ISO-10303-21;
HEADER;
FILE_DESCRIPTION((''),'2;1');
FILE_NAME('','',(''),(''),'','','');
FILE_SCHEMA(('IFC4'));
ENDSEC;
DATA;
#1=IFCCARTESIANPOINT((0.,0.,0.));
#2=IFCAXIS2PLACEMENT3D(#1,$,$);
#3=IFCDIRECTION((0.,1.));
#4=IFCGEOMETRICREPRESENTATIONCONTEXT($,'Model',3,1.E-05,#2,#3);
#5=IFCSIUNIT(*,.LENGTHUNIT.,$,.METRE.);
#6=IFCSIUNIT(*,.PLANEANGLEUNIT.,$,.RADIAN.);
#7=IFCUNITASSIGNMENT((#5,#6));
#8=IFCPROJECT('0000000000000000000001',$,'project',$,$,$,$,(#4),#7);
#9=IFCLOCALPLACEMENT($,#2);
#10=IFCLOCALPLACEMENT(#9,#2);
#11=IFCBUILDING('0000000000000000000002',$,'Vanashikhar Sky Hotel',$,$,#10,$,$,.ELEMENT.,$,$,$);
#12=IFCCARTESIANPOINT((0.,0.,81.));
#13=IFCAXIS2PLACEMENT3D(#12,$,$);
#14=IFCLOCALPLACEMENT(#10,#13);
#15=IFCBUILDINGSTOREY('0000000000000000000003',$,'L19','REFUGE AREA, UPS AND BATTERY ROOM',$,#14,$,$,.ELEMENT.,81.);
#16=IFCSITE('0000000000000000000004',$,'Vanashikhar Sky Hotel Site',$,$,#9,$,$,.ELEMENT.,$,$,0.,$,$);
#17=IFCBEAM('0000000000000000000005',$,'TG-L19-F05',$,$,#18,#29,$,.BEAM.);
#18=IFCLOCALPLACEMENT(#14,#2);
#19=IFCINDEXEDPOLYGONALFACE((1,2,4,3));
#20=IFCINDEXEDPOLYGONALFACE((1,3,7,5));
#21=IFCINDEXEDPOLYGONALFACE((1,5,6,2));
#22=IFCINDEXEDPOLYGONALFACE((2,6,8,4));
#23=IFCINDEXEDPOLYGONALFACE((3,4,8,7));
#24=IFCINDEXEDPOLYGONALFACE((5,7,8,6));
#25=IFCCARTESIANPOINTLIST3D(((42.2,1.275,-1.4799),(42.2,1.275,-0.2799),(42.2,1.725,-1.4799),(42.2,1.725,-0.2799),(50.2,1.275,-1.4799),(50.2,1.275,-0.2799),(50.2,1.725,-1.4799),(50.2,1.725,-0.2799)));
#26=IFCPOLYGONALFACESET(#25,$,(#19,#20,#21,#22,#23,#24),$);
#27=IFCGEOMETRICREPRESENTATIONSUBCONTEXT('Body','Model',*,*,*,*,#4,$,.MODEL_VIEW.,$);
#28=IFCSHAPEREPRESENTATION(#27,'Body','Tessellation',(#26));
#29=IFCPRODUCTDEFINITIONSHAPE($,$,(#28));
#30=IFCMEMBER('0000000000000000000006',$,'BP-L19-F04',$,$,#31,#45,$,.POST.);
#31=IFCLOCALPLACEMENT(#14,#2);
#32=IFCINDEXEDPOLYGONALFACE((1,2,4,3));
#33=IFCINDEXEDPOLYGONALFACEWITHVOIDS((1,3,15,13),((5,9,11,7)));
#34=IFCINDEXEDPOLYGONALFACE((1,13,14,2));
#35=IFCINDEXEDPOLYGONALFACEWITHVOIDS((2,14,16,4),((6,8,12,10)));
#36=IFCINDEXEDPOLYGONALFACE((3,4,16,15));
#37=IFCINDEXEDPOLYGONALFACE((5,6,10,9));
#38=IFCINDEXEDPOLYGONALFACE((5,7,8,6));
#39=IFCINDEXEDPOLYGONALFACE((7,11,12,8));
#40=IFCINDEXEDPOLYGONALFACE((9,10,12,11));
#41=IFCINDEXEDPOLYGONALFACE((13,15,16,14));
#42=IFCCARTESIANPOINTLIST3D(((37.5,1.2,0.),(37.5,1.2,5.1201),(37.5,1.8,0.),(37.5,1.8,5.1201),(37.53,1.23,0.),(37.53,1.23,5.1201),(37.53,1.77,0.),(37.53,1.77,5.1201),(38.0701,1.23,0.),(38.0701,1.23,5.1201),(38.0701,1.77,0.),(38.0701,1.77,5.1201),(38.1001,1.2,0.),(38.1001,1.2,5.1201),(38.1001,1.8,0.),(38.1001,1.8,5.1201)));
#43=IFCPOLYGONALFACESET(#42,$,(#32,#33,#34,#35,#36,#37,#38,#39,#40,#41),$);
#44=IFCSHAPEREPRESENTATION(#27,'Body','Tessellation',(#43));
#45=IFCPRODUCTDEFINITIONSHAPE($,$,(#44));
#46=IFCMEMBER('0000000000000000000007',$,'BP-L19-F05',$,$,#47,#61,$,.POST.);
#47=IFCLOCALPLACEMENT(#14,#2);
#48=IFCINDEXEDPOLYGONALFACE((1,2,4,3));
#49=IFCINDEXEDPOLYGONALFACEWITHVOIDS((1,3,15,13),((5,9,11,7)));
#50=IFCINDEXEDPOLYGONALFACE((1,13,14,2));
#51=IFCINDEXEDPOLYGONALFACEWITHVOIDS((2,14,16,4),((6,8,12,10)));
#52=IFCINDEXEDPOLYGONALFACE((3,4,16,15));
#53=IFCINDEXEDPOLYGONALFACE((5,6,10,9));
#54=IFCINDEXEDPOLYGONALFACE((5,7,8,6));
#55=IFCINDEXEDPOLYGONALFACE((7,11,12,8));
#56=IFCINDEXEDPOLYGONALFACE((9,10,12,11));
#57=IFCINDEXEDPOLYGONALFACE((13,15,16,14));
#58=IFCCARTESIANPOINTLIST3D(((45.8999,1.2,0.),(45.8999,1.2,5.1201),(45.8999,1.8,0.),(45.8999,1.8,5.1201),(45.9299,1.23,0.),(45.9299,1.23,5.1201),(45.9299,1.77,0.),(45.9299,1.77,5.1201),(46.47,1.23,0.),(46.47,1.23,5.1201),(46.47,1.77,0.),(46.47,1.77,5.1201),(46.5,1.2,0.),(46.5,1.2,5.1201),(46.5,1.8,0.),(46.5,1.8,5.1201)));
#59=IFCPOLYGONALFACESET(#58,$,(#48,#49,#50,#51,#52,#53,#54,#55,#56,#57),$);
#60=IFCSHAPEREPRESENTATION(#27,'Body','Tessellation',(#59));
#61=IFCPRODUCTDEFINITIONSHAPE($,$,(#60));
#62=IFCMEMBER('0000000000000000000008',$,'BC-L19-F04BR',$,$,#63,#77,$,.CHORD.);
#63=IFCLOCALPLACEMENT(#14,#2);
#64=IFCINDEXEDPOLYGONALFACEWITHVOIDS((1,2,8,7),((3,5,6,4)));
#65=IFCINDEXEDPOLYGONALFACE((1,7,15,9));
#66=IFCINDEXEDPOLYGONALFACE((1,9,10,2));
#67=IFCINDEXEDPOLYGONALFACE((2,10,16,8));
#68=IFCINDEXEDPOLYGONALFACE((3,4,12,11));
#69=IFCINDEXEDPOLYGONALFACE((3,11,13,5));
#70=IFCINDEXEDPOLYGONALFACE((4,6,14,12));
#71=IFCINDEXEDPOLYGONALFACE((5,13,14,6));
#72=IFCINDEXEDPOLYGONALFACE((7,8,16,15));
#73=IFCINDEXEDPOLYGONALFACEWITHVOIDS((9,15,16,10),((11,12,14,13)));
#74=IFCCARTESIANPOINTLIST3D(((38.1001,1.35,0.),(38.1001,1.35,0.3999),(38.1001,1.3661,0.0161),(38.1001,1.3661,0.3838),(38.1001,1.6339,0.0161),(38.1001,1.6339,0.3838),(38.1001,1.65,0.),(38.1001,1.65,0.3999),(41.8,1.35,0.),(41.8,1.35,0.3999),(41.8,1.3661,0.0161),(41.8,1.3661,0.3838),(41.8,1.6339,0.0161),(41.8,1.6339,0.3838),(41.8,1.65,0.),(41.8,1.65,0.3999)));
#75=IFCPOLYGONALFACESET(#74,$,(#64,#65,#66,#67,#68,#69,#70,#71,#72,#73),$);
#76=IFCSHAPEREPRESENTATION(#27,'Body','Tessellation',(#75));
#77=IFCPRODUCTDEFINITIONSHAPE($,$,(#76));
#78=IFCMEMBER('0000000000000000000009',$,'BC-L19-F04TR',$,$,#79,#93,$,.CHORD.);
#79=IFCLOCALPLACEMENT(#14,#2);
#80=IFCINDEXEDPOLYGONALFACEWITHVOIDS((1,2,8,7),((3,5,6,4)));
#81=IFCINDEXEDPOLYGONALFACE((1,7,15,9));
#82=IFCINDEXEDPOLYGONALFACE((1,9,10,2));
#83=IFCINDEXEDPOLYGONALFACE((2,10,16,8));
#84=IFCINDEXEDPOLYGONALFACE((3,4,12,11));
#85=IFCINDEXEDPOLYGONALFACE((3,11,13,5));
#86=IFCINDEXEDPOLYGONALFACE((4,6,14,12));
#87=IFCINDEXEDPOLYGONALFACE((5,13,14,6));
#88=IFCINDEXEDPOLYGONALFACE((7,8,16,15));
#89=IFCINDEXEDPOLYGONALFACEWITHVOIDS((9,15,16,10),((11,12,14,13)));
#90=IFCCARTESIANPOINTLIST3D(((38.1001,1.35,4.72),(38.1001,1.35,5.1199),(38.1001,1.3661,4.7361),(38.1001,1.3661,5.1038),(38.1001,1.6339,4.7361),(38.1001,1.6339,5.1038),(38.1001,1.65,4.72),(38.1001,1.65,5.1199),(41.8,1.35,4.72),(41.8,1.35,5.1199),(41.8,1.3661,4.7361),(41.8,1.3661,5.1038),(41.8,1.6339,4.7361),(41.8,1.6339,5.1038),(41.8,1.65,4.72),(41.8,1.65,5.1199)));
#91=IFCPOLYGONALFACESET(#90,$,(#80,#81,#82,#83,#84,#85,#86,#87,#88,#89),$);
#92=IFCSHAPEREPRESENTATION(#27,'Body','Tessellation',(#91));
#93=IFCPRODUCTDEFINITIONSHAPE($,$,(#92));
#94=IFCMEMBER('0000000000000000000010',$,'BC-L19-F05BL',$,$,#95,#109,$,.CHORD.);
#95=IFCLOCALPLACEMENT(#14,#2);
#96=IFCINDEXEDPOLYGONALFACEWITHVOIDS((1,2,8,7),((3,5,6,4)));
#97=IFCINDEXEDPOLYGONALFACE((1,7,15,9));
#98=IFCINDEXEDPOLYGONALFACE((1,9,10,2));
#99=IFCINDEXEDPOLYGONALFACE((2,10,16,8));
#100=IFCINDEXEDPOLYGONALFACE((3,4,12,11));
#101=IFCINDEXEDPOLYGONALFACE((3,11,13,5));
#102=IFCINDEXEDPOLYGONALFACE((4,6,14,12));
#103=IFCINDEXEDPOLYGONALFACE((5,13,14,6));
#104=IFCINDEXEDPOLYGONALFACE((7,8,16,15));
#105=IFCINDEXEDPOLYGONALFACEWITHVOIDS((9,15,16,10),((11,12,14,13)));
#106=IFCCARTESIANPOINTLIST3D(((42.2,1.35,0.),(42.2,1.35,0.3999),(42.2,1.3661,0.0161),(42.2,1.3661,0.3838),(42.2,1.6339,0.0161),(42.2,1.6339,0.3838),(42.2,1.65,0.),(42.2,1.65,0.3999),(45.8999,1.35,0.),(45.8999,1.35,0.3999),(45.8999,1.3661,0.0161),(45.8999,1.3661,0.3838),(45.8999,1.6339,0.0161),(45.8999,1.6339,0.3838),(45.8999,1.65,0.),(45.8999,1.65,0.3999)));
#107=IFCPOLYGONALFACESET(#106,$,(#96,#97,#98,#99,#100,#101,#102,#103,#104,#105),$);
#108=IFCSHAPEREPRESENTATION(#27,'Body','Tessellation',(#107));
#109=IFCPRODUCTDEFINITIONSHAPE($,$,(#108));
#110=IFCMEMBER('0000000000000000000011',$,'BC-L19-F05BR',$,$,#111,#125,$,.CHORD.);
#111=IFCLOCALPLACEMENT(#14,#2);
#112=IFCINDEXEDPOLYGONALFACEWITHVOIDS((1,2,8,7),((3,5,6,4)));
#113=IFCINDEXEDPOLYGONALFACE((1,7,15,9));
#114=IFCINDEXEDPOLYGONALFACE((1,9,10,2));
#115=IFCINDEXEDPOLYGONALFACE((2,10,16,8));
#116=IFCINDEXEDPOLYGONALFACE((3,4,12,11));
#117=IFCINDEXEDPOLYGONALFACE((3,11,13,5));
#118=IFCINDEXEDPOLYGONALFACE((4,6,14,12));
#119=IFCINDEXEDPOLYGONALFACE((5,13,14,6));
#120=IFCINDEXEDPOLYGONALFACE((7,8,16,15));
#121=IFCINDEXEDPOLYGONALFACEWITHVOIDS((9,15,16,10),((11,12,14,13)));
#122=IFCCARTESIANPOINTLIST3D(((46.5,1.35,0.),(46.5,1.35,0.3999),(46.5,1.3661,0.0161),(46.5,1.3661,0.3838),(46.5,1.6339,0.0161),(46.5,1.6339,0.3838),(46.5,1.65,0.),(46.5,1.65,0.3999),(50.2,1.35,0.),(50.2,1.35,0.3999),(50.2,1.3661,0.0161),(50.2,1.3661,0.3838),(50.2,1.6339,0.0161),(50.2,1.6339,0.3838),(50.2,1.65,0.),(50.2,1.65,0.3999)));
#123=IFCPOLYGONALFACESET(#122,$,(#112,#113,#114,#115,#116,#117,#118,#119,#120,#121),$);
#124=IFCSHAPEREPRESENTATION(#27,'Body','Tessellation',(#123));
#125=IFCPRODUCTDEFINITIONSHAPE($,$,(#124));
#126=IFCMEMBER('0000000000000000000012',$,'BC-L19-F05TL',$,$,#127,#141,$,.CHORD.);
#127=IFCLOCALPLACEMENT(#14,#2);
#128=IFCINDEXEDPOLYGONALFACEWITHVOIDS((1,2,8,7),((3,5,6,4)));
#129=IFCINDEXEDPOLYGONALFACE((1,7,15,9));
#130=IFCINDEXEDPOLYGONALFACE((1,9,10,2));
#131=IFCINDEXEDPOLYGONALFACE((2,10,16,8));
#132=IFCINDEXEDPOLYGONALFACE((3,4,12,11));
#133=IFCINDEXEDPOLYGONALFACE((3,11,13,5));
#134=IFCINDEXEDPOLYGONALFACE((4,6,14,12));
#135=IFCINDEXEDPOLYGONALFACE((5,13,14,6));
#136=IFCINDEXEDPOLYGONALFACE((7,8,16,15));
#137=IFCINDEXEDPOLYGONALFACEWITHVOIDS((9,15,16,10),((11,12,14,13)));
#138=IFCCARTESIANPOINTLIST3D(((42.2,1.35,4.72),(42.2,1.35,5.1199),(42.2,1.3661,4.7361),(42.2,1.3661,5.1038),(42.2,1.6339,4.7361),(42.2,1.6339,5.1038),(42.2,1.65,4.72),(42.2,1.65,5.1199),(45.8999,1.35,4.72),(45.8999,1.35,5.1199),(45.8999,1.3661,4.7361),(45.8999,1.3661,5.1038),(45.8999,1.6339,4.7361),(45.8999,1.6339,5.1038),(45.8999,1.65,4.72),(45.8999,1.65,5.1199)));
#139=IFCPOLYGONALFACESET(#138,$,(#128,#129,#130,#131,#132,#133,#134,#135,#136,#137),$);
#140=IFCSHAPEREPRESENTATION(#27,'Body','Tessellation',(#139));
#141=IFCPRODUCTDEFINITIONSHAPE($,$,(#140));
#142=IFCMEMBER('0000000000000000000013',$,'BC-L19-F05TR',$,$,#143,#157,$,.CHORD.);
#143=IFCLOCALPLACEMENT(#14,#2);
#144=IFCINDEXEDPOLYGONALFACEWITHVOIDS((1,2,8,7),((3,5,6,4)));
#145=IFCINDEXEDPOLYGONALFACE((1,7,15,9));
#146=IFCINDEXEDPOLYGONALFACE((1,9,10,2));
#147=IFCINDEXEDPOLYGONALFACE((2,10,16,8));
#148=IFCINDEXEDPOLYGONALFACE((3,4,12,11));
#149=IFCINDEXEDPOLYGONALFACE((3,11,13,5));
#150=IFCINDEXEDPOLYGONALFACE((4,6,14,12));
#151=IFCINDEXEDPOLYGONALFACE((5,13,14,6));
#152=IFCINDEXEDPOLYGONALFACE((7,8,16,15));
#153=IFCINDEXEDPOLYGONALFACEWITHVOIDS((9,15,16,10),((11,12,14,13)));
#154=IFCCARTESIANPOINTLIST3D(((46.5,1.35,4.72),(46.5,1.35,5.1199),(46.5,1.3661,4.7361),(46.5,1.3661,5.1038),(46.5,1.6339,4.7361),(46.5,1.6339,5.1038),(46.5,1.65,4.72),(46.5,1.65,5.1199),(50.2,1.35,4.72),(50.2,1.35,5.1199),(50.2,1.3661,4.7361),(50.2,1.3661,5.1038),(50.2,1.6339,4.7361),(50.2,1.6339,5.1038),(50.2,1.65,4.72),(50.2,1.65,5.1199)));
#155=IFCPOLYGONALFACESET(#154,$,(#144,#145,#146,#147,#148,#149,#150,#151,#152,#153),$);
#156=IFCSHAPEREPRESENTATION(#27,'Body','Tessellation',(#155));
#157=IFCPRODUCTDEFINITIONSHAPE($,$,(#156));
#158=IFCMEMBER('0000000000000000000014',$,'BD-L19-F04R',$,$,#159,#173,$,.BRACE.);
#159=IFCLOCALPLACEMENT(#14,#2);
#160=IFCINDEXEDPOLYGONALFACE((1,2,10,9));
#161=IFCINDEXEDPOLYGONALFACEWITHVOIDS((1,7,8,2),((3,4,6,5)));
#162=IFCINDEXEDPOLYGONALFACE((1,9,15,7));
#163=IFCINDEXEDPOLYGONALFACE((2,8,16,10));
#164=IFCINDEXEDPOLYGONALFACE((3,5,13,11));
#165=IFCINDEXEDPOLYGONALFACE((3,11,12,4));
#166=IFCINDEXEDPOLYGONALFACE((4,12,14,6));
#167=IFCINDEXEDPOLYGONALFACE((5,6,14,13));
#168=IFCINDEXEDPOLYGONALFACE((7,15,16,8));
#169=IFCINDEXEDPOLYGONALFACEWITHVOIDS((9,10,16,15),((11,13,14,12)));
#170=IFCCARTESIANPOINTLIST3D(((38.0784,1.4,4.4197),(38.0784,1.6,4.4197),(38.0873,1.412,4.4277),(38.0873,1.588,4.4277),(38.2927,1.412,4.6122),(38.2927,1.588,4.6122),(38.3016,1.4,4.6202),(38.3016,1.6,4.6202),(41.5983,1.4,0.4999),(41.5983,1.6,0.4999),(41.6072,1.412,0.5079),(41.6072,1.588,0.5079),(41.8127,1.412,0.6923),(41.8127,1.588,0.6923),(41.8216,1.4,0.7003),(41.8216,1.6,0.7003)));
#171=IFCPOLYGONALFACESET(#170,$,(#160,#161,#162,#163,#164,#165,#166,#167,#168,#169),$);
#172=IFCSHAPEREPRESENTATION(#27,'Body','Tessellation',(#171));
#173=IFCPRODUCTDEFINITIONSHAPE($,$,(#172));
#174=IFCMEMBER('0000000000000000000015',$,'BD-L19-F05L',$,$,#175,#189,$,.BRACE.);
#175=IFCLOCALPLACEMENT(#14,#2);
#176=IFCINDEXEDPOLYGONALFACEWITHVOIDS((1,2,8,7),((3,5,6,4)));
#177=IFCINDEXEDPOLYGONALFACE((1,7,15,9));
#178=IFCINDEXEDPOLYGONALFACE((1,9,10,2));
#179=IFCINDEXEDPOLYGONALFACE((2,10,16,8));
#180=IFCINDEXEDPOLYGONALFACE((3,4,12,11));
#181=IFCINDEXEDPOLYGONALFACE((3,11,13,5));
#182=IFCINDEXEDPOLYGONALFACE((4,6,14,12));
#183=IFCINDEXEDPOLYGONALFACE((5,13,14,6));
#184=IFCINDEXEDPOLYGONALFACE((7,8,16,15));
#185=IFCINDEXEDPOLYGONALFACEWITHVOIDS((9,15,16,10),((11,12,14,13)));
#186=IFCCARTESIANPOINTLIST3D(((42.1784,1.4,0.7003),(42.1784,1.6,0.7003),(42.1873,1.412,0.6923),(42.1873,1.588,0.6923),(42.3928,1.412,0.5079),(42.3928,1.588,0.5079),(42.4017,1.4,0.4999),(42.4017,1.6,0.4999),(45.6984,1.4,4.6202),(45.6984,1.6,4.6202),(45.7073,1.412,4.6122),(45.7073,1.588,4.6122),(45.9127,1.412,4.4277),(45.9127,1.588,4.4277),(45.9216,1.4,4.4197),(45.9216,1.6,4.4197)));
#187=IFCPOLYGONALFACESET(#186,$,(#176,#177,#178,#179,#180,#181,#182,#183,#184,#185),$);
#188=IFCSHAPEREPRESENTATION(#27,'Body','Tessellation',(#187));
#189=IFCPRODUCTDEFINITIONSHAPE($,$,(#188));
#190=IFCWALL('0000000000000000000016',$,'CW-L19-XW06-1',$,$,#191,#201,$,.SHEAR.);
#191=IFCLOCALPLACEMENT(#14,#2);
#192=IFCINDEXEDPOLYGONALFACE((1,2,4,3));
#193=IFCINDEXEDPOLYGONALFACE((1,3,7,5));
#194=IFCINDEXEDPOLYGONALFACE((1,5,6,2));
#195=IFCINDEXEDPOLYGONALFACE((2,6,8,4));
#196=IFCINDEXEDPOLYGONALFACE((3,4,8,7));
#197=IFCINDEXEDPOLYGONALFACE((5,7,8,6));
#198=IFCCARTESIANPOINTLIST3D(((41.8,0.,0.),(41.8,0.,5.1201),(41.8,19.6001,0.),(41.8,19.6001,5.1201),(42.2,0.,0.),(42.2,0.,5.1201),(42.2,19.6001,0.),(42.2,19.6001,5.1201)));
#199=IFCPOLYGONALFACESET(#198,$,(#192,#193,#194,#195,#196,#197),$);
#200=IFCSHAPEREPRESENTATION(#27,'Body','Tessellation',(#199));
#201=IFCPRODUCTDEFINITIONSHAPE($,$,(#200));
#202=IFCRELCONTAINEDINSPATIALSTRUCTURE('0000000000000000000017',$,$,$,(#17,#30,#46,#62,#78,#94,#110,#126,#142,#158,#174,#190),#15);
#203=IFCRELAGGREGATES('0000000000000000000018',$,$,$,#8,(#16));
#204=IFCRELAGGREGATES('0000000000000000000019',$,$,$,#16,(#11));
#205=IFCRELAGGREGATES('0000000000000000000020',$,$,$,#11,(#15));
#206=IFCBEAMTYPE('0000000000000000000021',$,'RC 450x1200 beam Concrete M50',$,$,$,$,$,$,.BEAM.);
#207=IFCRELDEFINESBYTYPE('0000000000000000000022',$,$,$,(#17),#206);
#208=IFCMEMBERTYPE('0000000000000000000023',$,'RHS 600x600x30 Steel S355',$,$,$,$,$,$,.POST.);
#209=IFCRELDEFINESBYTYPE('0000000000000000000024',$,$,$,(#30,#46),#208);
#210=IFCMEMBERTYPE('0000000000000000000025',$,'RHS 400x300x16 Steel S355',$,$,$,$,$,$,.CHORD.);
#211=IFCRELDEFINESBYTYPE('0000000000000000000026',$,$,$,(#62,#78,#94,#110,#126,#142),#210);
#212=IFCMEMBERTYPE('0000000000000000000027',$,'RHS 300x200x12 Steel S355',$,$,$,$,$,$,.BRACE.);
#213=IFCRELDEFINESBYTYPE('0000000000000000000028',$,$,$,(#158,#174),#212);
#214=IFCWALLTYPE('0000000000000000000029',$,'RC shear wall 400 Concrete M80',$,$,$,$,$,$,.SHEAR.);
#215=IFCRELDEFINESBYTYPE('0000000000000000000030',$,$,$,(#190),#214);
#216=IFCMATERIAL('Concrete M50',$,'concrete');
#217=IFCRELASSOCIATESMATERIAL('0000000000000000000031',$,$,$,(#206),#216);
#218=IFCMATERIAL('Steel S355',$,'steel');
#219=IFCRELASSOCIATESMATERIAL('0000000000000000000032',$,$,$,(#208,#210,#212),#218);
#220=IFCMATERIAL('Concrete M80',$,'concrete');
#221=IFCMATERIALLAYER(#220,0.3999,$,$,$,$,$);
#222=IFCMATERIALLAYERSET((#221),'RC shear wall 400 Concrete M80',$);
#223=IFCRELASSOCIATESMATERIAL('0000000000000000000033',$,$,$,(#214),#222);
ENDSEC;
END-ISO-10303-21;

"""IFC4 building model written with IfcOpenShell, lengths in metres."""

from ifc_helpers import new_model, si_unit, direction, frame, frame_2d, origin, origin_2d, place, context, subcontext, project, spatial, rectangle, hollow_rectangle, extrude, source, transform, mapped, material, layer, layer_set, material_profile, profile_set, type_object, element, save


model = new_model("IFC4")

# Units and contexts
model_context = context("Model", 3, precision=1e-05, world=origin(), true_north=direction((0.0, 1.0)))
body_context = subcontext(model_context, "Body", "Model", "MODEL_VIEW")
ifc_project = project(units=[si_unit("LENGTHUNIT", "METRE"), si_unit("PLANEANGLEUNIT", "RADIAN")], contexts=[model_context])

# Site, building, storey
site_placement = place(None, origin())
site = spatial("IfcSite", under=ifc_project, at=site_placement, Name="Vanashikhar Sky Hotel Site", CompositionType="ELEMENT", RefElevation=0.0)
building_placement = place(site_placement, origin())
building = spatial("IfcBuilding", under=site, at=building_placement, Name="Vanashikhar Sky Hotel", CompositionType="ELEMENT")
storey_placement = place(building_placement, frame((0.0, 0.0, 81.0)))
storey = spatial("IfcBuildingStorey", under=building, at=storey_placement, Name="L19", Description="REFUGE AREA, UPS AND BATTERY ROOM", CompositionType="ELEMENT", Elevation=81.0)

# Beam
ifc_material_1 = material(Name="Concrete M50", Category="concrete")
ifc_material_profile_1 = material_profile(ifc_material_1, rectangle(XDim=0.45, YDim=1.2, at=origin_2d()))
ifc_profile_set_1 = profile_set([ifc_material_profile_1], Name="RC 450x1200 beam Concrete M50")
beam_type = type_object("IfcBeamType", Name="RC 450x1200 beam Concrete M50", PredefinedType="BEAM", material=ifc_profile_set_1)
shared_shape_1 = source(origin(), body_context, "Body", "SweptSolid", [
    extrude(rectangle(XDim=0.45, YDim=1.2, at=origin_2d()), origin(), (0.0, 0.0, 1.0), 8.0),
])
beam_placement = place(storey_placement, frame((42.2, 1.5, -0.8799), z_axis=(1.0, 0.0, 0.0), x_axis=(0.0, 1.0, 0.0)))
element("IfcBeam", 1, at=beam_placement, inside=storey, type_object=beam_type, Name="TG-L19-F05", PredefinedType="BEAM", context=body_context, shape_type="MappedRepresentation", body=[
    mapped(shared_shape_1, transform((0.0, 0.0, 0.0), scale=1.0)),
])

# Members
ifc_material_2 = material(Name="Steel S355", Category="steel")
ifc_material_profile_2 = material_profile(ifc_material_2, hollow_rectangle(XDim=0.6001, YDim=0.6001, WallThickness=0.03, at=origin_2d()))
ifc_profile_set_2 = profile_set([ifc_material_profile_2], Name="RHS 600x600x30 Steel S355")
member_type_1 = type_object("IfcMemberType", Name="RHS 600x600x30 Steel S355", PredefinedType="POST", material=ifc_profile_set_2)
shared_shape_2 = source(origin(), body_context, "Body", "SweptSolid", [
    extrude(hollow_rectangle(XDim=0.6001, YDim=0.6001, WallThickness=0.03, at=origin_2d()), origin(), (0.0, 0.0, 1.0), 5.1201),
])
for number, where, z_axis, x_axis, name in (
    (2, (37.8, 1.5, 0.0), (0.0, 0.0, 1.0), (1.0, 0.0, 0.0), "BP-L19-F04"),
    (3, (46.2, 1.5, 0.0), (0.0, 0.0, 1.0), (1.0, 0.0, 0.0), "BP-L19-F05"),
):
    element("IfcMember", number, at=place(storey_placement, frame(where, z_axis=z_axis, x_axis=x_axis)), inside=storey, type_object=member_type_1, Name=name, PredefinedType="POST", context=body_context, shape_type="MappedRepresentation", body=[
        mapped(shared_shape_2, transform((0.0, 0.0, 0.0), scale=1.0)),
    ])
ifc_material_profile_3 = material_profile(ifc_material_2, hollow_rectangle(XDim=0.3, YDim=0.3999, WallThickness=0.0161, at=origin_2d()))
ifc_profile_set_3 = profile_set([ifc_material_profile_3], Name="RHS 400x300x16 Steel S355")
member_type_2 = type_object("IfcMemberType", Name="RHS 400x300x16 Steel S355", PredefinedType="CHORD", material=ifc_profile_set_3)
shared_shape_3 = source(origin(), body_context, "Body", "SweptSolid", [
    extrude(hollow_rectangle(XDim=0.3, YDim=0.3999, WallThickness=0.0161, at=origin_2d()), origin(), (0.0, 0.0, 1.0), 3.7),
])
for number, where, z_axis, x_axis, name in (
    (4, (38.1001, 1.5, 0.2), (1.0, 0.0, 0.0), (0.0, 1.0, 0.0), "BC-L19-F04BR"),
    (5, (38.1001, 1.5, 4.9199), (1.0, 0.0, 0.0), (0.0, 1.0, 0.0), "BC-L19-F04TR"),
    (6, (42.2, 1.5, 0.2), (1.0, 0.0, 0.0), (0.0, 1.0, 0.0), "BC-L19-F05BL"),
    (7, (46.5, 1.5, 0.2), (1.0, 0.0, 0.0), (0.0, 1.0, 0.0), "BC-L19-F05BR"),
    (8, (42.2, 1.5, 4.9199), (1.0, 0.0, 0.0), (0.0, 1.0, 0.0), "BC-L19-F05TL"),
    (9, (46.5, 1.5, 4.9199), (1.0, 0.0, 0.0), (0.0, 1.0, 0.0), "BC-L19-F05TR"),
):
    element("IfcMember", number, at=place(storey_placement, frame(where, z_axis=z_axis, x_axis=x_axis)), inside=storey, type_object=member_type_2, Name=name, PredefinedType="CHORD", context=body_context, shape_type="MappedRepresentation", body=[
        mapped(shared_shape_3, transform((0.0, 0.0, 0.0), scale=1.0)),
    ])
ifc_material_profile_4 = material_profile(ifc_material_2, hollow_rectangle(XDim=0.2, YDim=0.3, WallThickness=0.012, at=origin_2d()))
ifc_profile_set_4 = profile_set([ifc_material_profile_4], Name="RHS 300x200x12 Steel S355")
member_type_3 = type_object("IfcMemberType", Name="RHS 300x200x12 Steel S355", PredefinedType="BRACE", material=ifc_profile_set_4)
shared_shape_4 = source(origin(), body_context, "Body", "SweptSolid", [
    extrude(hollow_rectangle(XDim=0.2, YDim=0.3, WallThickness=0.012, at=origin_2d()), origin(), (0.0, 0.0, 1.0), 5.2683),
])
for number, where, z_axis, x_axis, name in (
    (10, (41.71, 1.5, 0.6001), (-0.668135, 0.0, 0.74404), (0.0, -1.0, 0.0), "BD-L19-F04R"),
    (11, (42.29, 1.5, 0.6001), (0.668135, 0.0, 0.74404), (0.0, 1.0, 0.0), "BD-L19-F05L"),
):
    element("IfcMember", number, at=place(storey_placement, frame(where, z_axis=z_axis, x_axis=x_axis)), inside=storey, type_object=member_type_3, Name=name, PredefinedType="BRACE", context=body_context, shape_type="MappedRepresentation", body=[
        mapped(shared_shape_4, transform((0.0, 0.0, 0.0), scale=1.0)),
    ])

# Wall
ifc_material_3 = material(Name="Concrete M80", Category="concrete")
ifc_layer_1 = layer(ifc_material_3, 0.3999)
ifc_layer_set_1 = layer_set([ifc_layer_1], Name="RC shear wall 400 Concrete M80")
wall_type = type_object("IfcWallType", Name="RC shear wall 400 Concrete M80", PredefinedType="SHEAR", material=ifc_layer_set_1)
shared_shape_5 = source(origin(), body_context, "Body", "SweptSolid", [
    extrude(rectangle(XDim=19.6001, YDim=0.3999, at=frame_2d((9.8, 0.0))), origin(), (0.0, 0.0, 1.0), 5.1201),
])
wall_placement = place(storey_placement, frame((42.0, 0.0, 0.0), z_axis=(0.0, 0.0, 1.0), x_axis=(0.0, 1.0, 0.0)))
element("IfcWall", 12, at=wall_placement, inside=storey, type_object=wall_type, Name="CW-L19-XW06-1", PredefinedType="SHEAR", context=body_context, shape_type="MappedRepresentation", body=[
    mapped(shared_shape_5, transform((0.0, 0.0, 0.0), scale=1.0)),
])

save(model, "model.ifc")
